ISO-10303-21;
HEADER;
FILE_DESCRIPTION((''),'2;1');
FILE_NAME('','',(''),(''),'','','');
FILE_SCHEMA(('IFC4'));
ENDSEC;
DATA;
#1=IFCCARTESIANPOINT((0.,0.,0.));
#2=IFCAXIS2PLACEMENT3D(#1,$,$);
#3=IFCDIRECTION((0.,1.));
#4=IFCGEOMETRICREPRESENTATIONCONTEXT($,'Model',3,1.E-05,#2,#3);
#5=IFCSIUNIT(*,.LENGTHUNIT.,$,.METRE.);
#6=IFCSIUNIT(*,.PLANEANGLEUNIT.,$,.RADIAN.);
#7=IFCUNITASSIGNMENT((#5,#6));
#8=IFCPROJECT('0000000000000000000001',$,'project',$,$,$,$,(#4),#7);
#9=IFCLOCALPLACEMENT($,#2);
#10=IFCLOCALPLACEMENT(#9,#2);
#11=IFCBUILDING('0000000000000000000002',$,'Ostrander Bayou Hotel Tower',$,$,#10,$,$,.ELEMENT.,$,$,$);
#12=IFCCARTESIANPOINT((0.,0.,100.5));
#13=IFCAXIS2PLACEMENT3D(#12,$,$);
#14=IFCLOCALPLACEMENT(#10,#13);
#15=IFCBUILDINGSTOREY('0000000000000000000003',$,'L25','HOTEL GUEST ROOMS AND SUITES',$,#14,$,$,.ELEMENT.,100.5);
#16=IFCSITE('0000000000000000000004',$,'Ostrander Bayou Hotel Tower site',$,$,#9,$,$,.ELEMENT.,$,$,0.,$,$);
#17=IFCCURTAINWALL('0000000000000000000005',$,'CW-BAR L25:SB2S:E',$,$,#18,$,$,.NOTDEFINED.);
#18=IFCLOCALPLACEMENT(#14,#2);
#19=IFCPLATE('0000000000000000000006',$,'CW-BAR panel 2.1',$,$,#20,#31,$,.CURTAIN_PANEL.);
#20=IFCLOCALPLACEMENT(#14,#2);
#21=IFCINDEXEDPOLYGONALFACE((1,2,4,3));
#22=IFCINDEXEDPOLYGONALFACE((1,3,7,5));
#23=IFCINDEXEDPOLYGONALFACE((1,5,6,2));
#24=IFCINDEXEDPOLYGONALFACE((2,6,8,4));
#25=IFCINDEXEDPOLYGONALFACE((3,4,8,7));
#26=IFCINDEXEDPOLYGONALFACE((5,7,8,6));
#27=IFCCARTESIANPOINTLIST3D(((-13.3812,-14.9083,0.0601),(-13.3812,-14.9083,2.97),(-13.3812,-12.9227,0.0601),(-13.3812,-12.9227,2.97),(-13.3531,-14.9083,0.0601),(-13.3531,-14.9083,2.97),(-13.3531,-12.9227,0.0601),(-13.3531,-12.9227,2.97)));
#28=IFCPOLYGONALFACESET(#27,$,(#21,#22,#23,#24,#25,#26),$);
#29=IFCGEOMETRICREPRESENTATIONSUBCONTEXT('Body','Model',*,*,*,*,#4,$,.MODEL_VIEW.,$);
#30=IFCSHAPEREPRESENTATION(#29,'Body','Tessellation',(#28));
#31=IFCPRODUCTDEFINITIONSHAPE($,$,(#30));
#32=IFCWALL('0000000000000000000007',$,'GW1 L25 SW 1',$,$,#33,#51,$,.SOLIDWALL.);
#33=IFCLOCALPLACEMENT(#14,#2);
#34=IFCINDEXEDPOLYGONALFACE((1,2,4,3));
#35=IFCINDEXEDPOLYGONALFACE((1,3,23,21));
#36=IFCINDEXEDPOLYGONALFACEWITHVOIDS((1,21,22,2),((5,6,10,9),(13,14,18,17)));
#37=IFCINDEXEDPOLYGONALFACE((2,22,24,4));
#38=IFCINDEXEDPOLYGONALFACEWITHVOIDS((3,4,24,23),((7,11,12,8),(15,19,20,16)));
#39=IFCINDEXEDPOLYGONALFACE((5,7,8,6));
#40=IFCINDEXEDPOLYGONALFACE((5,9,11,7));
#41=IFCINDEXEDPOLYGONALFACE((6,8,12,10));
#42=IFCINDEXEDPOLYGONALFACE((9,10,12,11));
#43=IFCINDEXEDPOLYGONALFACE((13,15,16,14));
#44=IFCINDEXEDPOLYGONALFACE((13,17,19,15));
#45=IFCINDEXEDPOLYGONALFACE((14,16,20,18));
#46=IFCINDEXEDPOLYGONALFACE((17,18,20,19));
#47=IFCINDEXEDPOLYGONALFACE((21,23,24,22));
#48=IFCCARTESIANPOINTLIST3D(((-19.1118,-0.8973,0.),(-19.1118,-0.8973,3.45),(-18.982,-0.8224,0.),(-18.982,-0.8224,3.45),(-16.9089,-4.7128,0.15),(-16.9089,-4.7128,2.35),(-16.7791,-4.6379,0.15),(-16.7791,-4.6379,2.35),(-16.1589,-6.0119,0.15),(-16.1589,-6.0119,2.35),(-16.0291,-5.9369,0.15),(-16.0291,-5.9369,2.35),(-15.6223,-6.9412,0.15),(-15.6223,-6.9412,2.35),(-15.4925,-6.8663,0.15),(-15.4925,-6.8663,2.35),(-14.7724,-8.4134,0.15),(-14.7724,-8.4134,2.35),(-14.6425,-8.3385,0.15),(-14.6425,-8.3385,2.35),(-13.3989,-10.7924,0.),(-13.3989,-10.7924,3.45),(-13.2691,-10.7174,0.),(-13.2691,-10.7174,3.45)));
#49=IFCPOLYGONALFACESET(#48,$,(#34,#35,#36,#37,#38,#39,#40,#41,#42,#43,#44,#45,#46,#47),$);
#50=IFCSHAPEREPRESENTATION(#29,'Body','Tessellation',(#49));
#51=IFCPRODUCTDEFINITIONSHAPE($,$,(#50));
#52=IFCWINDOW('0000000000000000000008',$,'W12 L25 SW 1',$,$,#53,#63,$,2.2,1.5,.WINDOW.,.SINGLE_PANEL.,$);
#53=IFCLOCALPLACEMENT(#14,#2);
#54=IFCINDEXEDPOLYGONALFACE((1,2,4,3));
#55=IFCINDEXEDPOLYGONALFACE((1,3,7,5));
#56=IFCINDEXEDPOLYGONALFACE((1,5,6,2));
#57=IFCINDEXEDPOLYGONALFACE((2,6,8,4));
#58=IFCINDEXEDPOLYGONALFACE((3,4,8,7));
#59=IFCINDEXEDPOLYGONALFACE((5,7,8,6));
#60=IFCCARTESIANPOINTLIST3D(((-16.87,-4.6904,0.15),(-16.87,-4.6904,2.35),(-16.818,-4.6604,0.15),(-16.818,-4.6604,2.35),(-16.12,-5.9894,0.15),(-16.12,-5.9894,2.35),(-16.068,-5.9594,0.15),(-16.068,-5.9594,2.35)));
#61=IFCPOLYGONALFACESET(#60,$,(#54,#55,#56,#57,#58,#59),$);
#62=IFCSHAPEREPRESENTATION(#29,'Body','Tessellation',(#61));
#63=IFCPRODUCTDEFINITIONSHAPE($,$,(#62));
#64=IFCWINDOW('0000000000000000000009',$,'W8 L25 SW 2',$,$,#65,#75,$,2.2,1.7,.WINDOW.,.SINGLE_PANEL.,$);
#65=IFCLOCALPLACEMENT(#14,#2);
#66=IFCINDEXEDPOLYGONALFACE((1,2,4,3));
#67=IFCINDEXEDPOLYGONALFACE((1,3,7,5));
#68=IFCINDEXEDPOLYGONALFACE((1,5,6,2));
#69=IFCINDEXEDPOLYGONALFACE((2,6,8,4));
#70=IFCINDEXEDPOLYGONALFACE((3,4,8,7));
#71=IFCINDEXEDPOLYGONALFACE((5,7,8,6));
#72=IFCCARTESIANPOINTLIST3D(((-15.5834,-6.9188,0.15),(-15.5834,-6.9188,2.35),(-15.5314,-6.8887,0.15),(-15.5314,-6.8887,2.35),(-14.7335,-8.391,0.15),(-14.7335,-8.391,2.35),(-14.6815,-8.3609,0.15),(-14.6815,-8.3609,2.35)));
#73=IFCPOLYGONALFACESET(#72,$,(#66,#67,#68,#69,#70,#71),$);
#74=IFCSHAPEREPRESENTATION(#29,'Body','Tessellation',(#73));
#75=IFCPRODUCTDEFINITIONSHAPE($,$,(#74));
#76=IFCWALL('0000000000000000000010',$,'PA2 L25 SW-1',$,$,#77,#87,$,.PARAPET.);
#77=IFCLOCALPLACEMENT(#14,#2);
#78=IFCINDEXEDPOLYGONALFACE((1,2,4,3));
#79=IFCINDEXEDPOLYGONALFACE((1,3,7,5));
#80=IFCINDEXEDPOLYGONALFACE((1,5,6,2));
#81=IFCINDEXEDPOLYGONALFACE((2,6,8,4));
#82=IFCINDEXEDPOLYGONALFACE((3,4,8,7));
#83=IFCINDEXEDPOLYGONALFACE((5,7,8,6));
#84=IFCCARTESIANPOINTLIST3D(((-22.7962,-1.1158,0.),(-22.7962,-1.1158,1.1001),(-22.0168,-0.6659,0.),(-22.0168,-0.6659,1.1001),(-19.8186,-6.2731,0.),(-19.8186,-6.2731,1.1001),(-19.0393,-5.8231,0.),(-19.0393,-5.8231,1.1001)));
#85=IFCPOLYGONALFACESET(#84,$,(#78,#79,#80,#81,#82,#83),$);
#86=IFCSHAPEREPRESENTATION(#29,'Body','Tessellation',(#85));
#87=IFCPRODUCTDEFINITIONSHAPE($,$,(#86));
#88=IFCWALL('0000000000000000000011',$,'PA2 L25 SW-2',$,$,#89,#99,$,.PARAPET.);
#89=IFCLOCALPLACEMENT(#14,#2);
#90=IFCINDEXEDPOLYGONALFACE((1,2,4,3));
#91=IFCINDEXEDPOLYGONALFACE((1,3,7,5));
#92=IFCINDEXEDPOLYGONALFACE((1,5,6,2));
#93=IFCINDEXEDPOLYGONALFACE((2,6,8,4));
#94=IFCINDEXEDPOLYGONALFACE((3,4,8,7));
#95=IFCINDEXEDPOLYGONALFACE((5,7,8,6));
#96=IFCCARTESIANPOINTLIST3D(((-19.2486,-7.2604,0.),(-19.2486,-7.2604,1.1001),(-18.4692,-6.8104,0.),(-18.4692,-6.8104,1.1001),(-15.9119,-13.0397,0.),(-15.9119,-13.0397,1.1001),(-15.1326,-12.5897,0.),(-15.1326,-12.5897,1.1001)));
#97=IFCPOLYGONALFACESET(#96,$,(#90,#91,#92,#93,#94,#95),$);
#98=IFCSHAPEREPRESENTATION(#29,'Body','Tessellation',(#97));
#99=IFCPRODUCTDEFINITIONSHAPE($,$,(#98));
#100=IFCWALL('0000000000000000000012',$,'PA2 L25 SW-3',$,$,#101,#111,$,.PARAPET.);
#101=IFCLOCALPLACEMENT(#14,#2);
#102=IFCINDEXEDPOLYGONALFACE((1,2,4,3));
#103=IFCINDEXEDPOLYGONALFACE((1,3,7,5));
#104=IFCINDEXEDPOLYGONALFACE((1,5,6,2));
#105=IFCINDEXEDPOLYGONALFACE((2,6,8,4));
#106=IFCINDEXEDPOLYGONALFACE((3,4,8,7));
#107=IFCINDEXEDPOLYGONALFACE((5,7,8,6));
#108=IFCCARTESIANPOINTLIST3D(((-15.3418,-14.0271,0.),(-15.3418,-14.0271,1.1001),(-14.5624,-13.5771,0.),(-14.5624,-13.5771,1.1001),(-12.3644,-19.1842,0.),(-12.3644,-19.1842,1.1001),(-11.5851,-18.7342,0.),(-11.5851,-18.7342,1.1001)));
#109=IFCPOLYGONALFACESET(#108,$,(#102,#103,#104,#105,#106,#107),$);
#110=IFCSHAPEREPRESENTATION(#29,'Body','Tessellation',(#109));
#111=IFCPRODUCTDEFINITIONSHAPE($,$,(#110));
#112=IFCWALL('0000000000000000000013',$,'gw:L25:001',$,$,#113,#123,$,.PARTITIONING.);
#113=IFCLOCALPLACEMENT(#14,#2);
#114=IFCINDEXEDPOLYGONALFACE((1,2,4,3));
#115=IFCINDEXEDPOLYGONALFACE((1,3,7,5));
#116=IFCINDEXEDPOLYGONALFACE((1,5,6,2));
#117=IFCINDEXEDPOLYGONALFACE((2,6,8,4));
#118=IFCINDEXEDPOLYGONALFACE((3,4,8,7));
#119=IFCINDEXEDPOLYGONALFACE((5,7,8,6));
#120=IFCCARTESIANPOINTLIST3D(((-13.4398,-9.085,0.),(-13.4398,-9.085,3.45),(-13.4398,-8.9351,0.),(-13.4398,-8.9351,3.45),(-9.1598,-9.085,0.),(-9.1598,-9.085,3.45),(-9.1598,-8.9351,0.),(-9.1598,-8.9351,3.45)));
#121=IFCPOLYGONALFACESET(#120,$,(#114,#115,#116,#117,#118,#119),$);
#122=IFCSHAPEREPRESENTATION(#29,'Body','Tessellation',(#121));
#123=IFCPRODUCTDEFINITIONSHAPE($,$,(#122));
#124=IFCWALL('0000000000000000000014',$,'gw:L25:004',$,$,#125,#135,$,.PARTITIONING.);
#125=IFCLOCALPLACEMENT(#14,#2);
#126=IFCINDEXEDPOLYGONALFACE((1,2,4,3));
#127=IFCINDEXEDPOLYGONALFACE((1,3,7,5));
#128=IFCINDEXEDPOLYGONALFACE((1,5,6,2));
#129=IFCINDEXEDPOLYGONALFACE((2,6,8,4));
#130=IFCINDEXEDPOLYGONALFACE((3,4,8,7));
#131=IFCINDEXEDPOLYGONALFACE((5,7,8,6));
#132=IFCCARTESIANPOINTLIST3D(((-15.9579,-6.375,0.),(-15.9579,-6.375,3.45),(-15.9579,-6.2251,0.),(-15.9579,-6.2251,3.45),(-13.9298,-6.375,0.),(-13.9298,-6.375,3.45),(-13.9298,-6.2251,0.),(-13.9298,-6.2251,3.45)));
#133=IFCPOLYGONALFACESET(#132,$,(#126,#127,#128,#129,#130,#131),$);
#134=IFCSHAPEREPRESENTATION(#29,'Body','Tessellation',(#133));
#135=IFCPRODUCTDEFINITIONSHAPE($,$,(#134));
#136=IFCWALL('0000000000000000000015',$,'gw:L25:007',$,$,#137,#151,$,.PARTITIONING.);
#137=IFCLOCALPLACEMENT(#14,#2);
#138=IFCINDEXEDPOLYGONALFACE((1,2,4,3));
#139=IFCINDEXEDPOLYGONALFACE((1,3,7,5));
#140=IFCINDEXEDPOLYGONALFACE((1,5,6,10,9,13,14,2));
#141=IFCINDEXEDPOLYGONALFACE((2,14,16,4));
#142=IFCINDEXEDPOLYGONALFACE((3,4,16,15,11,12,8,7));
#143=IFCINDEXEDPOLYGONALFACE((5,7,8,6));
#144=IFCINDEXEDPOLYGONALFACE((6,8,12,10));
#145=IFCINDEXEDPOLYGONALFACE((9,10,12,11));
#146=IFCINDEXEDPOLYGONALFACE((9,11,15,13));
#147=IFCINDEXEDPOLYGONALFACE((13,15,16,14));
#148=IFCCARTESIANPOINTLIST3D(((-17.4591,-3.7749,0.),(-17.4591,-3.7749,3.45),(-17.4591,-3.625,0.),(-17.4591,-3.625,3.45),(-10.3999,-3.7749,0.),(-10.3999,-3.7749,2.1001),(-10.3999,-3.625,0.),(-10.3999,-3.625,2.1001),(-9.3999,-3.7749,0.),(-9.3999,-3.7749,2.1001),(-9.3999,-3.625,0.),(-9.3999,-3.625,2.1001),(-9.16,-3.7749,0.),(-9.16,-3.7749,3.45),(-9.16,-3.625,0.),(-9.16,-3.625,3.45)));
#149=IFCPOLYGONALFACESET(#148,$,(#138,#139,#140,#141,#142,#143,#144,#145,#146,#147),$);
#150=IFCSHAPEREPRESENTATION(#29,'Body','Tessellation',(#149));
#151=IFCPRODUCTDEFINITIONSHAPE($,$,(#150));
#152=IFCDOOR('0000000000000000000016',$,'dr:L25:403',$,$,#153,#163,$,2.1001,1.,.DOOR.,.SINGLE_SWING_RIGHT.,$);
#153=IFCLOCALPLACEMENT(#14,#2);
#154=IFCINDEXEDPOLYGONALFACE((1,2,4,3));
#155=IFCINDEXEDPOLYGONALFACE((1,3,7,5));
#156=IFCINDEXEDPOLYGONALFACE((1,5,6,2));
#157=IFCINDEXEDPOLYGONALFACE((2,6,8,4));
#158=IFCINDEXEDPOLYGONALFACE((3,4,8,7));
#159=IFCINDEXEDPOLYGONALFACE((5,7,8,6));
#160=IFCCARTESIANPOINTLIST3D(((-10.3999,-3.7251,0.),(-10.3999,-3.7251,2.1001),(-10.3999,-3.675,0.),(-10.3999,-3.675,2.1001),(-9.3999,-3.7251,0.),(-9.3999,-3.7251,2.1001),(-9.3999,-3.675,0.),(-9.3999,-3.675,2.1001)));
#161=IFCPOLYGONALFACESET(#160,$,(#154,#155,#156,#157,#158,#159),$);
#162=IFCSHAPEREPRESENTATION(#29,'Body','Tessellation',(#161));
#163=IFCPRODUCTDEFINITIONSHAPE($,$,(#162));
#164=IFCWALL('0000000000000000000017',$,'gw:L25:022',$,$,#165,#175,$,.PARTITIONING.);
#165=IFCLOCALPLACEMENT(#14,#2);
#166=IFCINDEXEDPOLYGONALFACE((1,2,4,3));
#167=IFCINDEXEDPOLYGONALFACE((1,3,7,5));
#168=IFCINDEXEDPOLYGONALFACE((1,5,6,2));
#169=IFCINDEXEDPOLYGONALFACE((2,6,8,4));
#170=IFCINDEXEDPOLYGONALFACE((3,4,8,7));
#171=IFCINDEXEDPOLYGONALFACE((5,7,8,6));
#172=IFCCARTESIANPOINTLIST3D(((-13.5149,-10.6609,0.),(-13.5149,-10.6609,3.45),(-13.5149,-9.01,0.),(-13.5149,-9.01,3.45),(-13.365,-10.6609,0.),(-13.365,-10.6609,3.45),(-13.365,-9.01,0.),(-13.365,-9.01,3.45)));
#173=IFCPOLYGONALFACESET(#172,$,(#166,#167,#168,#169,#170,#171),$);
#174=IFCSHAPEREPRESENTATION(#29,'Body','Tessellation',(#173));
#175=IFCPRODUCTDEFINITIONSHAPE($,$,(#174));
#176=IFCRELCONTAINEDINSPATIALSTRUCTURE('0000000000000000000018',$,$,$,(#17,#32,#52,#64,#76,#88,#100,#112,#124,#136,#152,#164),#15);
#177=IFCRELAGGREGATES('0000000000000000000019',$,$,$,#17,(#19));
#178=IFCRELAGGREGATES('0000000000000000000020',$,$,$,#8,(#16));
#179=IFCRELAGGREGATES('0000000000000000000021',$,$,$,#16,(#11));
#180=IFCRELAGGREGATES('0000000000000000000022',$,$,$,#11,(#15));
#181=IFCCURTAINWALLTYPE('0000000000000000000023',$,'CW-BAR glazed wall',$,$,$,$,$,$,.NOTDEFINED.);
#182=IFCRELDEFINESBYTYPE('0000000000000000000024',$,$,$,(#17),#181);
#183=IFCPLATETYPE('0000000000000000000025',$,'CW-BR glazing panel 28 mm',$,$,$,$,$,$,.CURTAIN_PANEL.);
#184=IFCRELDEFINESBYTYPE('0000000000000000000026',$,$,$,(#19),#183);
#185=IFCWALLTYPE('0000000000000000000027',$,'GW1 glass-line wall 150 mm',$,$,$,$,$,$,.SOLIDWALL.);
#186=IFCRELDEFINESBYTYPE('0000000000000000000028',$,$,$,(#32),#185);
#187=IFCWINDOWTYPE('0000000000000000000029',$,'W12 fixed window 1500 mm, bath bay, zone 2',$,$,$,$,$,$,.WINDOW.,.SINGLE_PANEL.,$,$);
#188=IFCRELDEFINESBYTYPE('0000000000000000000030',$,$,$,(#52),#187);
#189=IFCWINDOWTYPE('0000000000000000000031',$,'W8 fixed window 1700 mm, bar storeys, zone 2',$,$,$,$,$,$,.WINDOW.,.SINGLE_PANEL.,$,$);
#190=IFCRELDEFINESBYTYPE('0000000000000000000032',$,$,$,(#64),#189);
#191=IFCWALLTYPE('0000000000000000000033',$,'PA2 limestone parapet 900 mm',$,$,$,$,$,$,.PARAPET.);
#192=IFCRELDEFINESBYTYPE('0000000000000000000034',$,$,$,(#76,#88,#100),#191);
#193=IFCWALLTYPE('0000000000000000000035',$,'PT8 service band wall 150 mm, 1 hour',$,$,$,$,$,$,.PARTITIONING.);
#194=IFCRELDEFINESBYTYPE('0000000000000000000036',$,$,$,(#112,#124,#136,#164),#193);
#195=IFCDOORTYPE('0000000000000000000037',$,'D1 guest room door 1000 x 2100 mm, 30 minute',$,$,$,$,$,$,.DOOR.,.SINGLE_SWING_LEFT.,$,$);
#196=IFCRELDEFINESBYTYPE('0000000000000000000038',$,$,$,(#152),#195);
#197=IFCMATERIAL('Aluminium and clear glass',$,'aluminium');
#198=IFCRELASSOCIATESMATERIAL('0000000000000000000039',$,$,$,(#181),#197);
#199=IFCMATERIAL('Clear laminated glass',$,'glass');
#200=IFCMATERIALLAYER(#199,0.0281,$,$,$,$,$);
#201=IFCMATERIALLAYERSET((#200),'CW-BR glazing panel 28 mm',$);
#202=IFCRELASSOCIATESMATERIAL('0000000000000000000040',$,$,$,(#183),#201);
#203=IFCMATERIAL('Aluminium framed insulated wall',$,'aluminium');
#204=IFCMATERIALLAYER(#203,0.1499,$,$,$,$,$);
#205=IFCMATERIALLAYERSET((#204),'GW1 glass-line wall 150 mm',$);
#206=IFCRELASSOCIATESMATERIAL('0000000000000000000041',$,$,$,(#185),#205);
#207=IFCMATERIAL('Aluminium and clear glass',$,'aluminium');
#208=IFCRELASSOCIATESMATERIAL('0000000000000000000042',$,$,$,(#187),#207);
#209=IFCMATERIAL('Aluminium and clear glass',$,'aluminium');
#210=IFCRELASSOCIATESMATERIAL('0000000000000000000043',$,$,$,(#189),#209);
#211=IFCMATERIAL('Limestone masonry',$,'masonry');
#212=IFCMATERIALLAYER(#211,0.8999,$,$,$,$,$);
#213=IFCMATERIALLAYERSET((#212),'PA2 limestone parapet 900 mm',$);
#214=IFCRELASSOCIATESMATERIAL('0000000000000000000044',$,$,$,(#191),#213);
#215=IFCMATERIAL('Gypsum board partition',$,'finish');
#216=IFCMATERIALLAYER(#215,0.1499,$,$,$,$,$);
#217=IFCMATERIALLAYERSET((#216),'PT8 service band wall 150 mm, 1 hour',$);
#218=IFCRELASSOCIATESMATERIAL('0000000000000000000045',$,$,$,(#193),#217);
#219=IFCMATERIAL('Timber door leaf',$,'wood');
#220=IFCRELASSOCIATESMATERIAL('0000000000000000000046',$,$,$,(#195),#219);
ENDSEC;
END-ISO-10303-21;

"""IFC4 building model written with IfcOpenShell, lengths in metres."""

from ifc_helpers import new_model, si_unit, direction, frame, frame_2d, origin, origin_2d, place, context, subcontext, project, spatial, rectangle, extrude, material, layer, layer_set, type_object, element, fill, aggregate, save


model = new_model("IFC4")

# Units and contexts
model_context = context("Model", 3, precision=1e-05, world=origin(), true_north=direction((0.0, 1.0)))
body_context = subcontext(model_context, "Body", "Model", "MODEL_VIEW")
ifc_project = project(units=[si_unit("LENGTHUNIT", "METRE"), si_unit("PLANEANGLEUNIT", "RADIAN")], contexts=[model_context])

# Site, building, storey
site_placement = place(None, origin())
site = spatial("IfcSite", under=ifc_project, at=site_placement, Name="Ostrander Bayou Hotel Tower site", CompositionType="ELEMENT", RefElevation=0.0)
building_placement = place(site_placement, origin())
building = spatial("IfcBuilding", under=site, at=building_placement, Name="Ostrander Bayou Hotel Tower", CompositionType="ELEMENT")
storey_placement = place(building_placement, frame((0.0, 0.0, 100.5)))
storey = spatial("IfcBuildingStorey", under=building, at=storey_placement, Name="L25", Description="HOTEL GUEST ROOMS AND SUITES", CompositionType="ELEMENT", Elevation=100.5)

# Curtain wall
ifc_material_1 = material(Name="Aluminium and clear glass", Category="aluminium")
curtain_wall_type = type_object("IfcCurtainWallType", Name="CW-BAR glazed wall", PredefinedType="NOTDEFINED", material=ifc_material_1)
curtain_wall_placement = place(storey_placement, origin())
curtain_wall = element("IfcCurtainWall", 1, at=curtain_wall_placement, inside=storey, type_object=curtain_wall_type, Name="CW-BAR L25:SB2S:E", PredefinedType="NOTDEFINED")

# Plate
ifc_material_2 = material(Name="Clear laminated glass", Category="glass")
ifc_layer_1 = layer(ifc_material_2, 0.0281)
ifc_layer_set_1 = layer_set([ifc_layer_1], Name="CW-BR glazing panel 28 mm")
plate_type = type_object("IfcPlateType", Name="CW-BR glazing panel 28 mm", PredefinedType="CURTAIN_PANEL", material=ifc_layer_set_1)
plate_placement = place(storey_placement, frame((-13.3672, -13.9155, 0.0601), z_axis=(0.0, 0.0, 1.0), x_axis=(0.0, -1.0, 0.0)))
plate = element("IfcPlate", 2, at=plate_placement, type_object=plate_type, Name="CW-BAR panel 2.1", PredefinedType="CURTAIN_PANEL", context=body_context, shape_type="SweptSolid", body=[
    extrude(rectangle(XDim=1.9856, YDim=0.0281, at=origin_2d()), origin(), (0.0, 0.0, 1.0), 2.9099),
])
aggregate(curtain_wall, [plate])

# Wall, openings, windows
ifc_material_3 = material(Name="Aluminium framed insulated wall", Category="aluminium")
ifc_layer_2 = layer(ifc_material_3, 0.1499)
ifc_layer_set_2 = layer_set([ifc_layer_2], Name="GW1 glass-line wall 150 mm")
wall_type_1 = type_object("IfcWallType", Name="GW1 glass-line wall 150 mm", PredefinedType="SOLIDWALL", material=ifc_layer_set_2)
wall_1_placement = place(storey_placement, frame((-19.0469, -0.8599, 0.0), z_axis=(0.0, 0.0, 1.0), x_axis=(0.5, -0.866025, 0.0)))
wall_1 = element("IfcWall", 3, at=wall_1_placement, inside=storey, type_object=wall_type_1, Name="GW1 L25 SW 1", PredefinedType="SOLIDWALL", context=body_context, shape_type="SweptSolid", body=[
    extrude(rectangle(XDim=11.4258, YDim=0.1499, at=frame_2d((5.7129, 0.0))), origin(), (0.0, 0.0, 1.0), 3.45),
])
opening_1_placement = place(wall_1_placement, frame((4.4058, 0.0, 0.1499)))
opening_1 = element("IfcOpeningElement", 4, at=opening_1_placement, cuts=wall_1, PredefinedType="OPENING", context=body_context, shape_type="SweptSolid", body=[
    extrude(rectangle(XDim=1.5, YDim=2.2, at=frame_2d((0.75, 1.1001))), frame((0.0, 0.075, 0.0), z_axis=(0.0, -1.0, 0.0), x_axis=(1.0, 0.0, 0.0)), (0.0, 0.0, 1.0), 0.1499),
])
opening_2_placement = place(wall_1_placement, frame((6.9788, 0.0, 0.1499)))
opening_2 = element("IfcOpeningElement", 5, at=opening_2_placement, cuts=wall_1, PredefinedType="OPENING", context=body_context, shape_type="SweptSolid", body=[
    extrude(rectangle(XDim=1.7, YDim=2.2, at=frame_2d((0.8501, 1.1001))), frame((0.0, 0.075, 0.0), z_axis=(0.0, -1.0, 0.0), x_axis=(1.0, 0.0, 0.0)), (0.0, 0.0, 1.0), 0.1499),
])
ifc_material_4 = material(Name="Aluminium and clear glass", Category="aluminium")
window_type_1 = type_object("IfcWindowType", Name="W12 fixed window 1500 mm, bath bay, zone 2", PartitioningType="SINGLE_PANEL", PredefinedType="WINDOW", material=ifc_material_4)
window_1_placement = place(opening_1_placement, origin())
window_1 = element("IfcWindow", 6, at=window_1_placement, inside=storey, type_object=window_type_1, Name="W12 L25 SW 1", OverallHeight=2.2, OverallWidth=1.5, PartitioningType="SINGLE_PANEL", PredefinedType="WINDOW", context=body_context, shape_type="SweptSolid", body=[
    extrude(rectangle(XDim=1.5, YDim=2.2, at=frame_2d((0.75, 1.1001))), frame((0.0, 0.03, 0.0), z_axis=(0.0, -1.0, 0.0), x_axis=(1.0, 0.0, 0.0)), (0.0, 0.0, 1.0), 0.0601),
])
fill(opening_1, window_1)
ifc_material_5 = material(Name="Aluminium and clear glass", Category="aluminium")
window_type_2 = type_object("IfcWindowType", Name="W8 fixed window 1700 mm, bar storeys, zone 2", PartitioningType="SINGLE_PANEL", PredefinedType="WINDOW", material=ifc_material_5)
window_2_placement = place(opening_2_placement, origin())
window_2 = element("IfcWindow", 7, at=window_2_placement, inside=storey, type_object=window_type_2, Name="W8 L25 SW 2", OverallHeight=2.2, OverallWidth=1.7, PartitioningType="SINGLE_PANEL", PredefinedType="WINDOW", context=body_context, shape_type="SweptSolid", body=[
    extrude(rectangle(XDim=1.7, YDim=2.2, at=frame_2d((0.8501, 1.1001))), frame((0.0, 0.03, 0.0), z_axis=(0.0, -1.0, 0.0), x_axis=(1.0, 0.0, 0.0)), (0.0, 0.0, 1.0), 0.0601),
])
fill(opening_2, window_2)

# Walls
ifc_material_6 = material(Name="Limestone masonry", Category="masonry")
ifc_layer_3 = layer(ifc_material_6, 0.8999)
ifc_layer_set_3 = layer_set([ifc_layer_3], Name="PA2 limestone parapet 900 mm")
wall_type_2 = type_object("IfcWallType", Name="PA2 limestone parapet 900 mm", PredefinedType="PARAPET", material=ifc_layer_set_3)
wall_2_placement = place(storey_placement, frame((-22.4065, -0.8909, 0.0), z_axis=(0.0, 0.0, 1.0), x_axis=(0.500002, -0.866024, 0.0)))
element("IfcWall", 8, at=wall_2_placement, inside=storey, type_object=wall_type_2, Name="PA2 L25 SW-1", PredefinedType="PARAPET", context=body_context, shape_type="SweptSolid", body=[
    extrude(rectangle(XDim=5.9551, YDim=0.8999, at=frame_2d((2.9775, 0.0))), origin(), (0.0, 0.0, 1.0), 1.1001),
])
wall_3_placement = place(storey_placement, frame((-18.8589, -7.0354, 0.0), z_axis=(0.0, 0.0, 1.0), x_axis=(0.499999, -0.866026, 0.0)))
element("IfcWall", 9, at=wall_3_placement, inside=storey, type_object=wall_type_2, Name="PA2 L25 SW-2", PredefinedType="PARAPET", context=body_context, shape_type="SweptSolid", body=[
    extrude(rectangle(XDim=6.6733, YDim=0.8999, at=frame_2d((3.3367, 0.0))), origin(), (0.0, 0.0, 1.0), 1.1001),
])
wall_4_placement = place(storey_placement, frame((-14.9521, -13.802, 0.0), z_axis=(0.0, 0.0, 1.0), x_axis=(0.499989, -0.866032, 0.0)))
element("IfcWall", 10, at=wall_4_placement, inside=storey, type_object=wall_type_2, Name="PA2 L25 SW-3", PredefinedType="PARAPET", context=body_context, shape_type="SweptSolid", body=[
    extrude(rectangle(XDim=5.9548, YDim=0.8999, at=frame_2d((2.9775, 0.0))), origin(), (0.0, 0.0, 1.0), 1.1001),
])
ifc_material_7 = material(Name="Gypsum board partition", Category="finish")
ifc_layer_4 = layer(ifc_material_7, 0.1499)
ifc_layer_set_4 = layer_set([ifc_layer_4], Name="PT8 service band wall 150 mm, 1 hour")
wall_type_3 = type_object("IfcWallType", Name="PT8 service band wall 150 mm, 1 hour", PredefinedType="PARTITIONING", material=ifc_layer_set_4)
wall_5_placement = place(storey_placement, frame((-13.4399, -9.01, 0.0), z_axis=(0.0, 0.0, 1.0), x_axis=(1.0, 0.0, 0.0)))
element("IfcWall", 11, at=wall_5_placement, inside=storey, type_object=wall_type_3, Name="gw:L25:001", PredefinedType="PARTITIONING", context=body_context, shape_type="SweptSolid", body=[
    extrude(rectangle(XDim=4.28, YDim=0.1499, at=frame_2d((2.1401, 0.0))), origin(), (0.0, 0.0, 1.0), 3.45),
])
wall_6_placement = place(storey_placement, frame((-15.958, -6.3, 0.0), z_axis=(0.0, 0.0, 1.0), x_axis=(1.0, 0.0, 0.0)))
element("IfcWall", 12, at=wall_6_placement, inside=storey, type_object=wall_type_3, Name="gw:L25:004", PredefinedType="PARTITIONING", context=body_context, shape_type="SweptSolid", body=[
    extrude(rectangle(XDim=2.0281, YDim=0.1499, at=frame_2d((1.0142, 0.0))), origin(), (0.0, 0.0, 1.0), 3.45),
])

# Wall, opening, door
wall_7_placement = place(storey_placement, frame((-17.459, -3.7, 0.0), z_axis=(0.0, 0.0, 1.0), x_axis=(1.0, 0.0, 0.0)))
wall_7 = element("IfcWall", 13, at=wall_7_placement, inside=storey, type_object=wall_type_3, Name="gw:L25:007", PredefinedType="PARTITIONING", context=body_context, shape_type="SweptSolid", body=[
    extrude(rectangle(XDim=8.2991, YDim=0.1499, at=frame_2d((4.1494, 0.0))), origin(), (0.0, 0.0, 1.0), 3.45),
])
opening_3_placement = place(wall_7_placement, frame((7.0591, 0.0, 0.0)))
opening_3 = element("IfcOpeningElement", 14, at=opening_3_placement, cuts=wall_7, PredefinedType="OPENING", context=body_context, shape_type="SweptSolid", body=[
    extrude(rectangle(XDim=1.0, YDim=2.1001, at=frame_2d((0.5, 1.05))), frame((0.0, 0.075, 0.0), z_axis=(0.0, -1.0, 0.0), x_axis=(1.0, 0.0, 0.0)), (0.0, 0.0, 1.0), 0.1499),
])
ifc_material_8 = material(Name="Timber door leaf", Category="wood")
door_type_1 = type_object("IfcDoorType", Name="D1 guest room door 1000 x 2100 mm, 30 minute", OperationType="SINGLE_SWING_LEFT", PredefinedType="DOOR", material=ifc_material_8)
door_1_placement = place(opening_3_placement, origin())
door_1 = element("IfcDoor", 15, at=door_1_placement, inside=storey, type_object=door_type_1, Name="dr:L25:403", OperationType="SINGLE_SWING_RIGHT", OverallHeight=2.1001, OverallWidth=1.0, PredefinedType="DOOR", context=body_context, shape_type="SweptSolid", body=[
    extrude(rectangle(XDim=1.0, YDim=2.1001, at=frame_2d((0.5, 1.05))), frame((0.0, 0.0249, 0.0), z_axis=(0.0, -1.0, 0.0), x_axis=(1.0, 0.0, 0.0)), (0.0, 0.0, 1.0), 0.05),
])
fill(opening_3, door_1)

# Wall
wall_8_placement = place(storey_placement, frame((-13.4399, -10.6609, 0.0), z_axis=(0.0, 0.0, 1.0), x_axis=(0.0, 1.0, 0.0)))
element("IfcWall", 16, at=wall_8_placement, inside=storey, type_object=wall_type_3, Name="gw:L25:022", PredefinedType="PARTITIONING", context=body_context, shape_type="SweptSolid", body=[
    extrude(rectangle(XDim=1.6509, YDim=0.1499, at=frame_2d((0.8254, 0.0))), origin(), (0.0, 0.0, 1.0), 3.45),
])

save(model, "model.ifc")
